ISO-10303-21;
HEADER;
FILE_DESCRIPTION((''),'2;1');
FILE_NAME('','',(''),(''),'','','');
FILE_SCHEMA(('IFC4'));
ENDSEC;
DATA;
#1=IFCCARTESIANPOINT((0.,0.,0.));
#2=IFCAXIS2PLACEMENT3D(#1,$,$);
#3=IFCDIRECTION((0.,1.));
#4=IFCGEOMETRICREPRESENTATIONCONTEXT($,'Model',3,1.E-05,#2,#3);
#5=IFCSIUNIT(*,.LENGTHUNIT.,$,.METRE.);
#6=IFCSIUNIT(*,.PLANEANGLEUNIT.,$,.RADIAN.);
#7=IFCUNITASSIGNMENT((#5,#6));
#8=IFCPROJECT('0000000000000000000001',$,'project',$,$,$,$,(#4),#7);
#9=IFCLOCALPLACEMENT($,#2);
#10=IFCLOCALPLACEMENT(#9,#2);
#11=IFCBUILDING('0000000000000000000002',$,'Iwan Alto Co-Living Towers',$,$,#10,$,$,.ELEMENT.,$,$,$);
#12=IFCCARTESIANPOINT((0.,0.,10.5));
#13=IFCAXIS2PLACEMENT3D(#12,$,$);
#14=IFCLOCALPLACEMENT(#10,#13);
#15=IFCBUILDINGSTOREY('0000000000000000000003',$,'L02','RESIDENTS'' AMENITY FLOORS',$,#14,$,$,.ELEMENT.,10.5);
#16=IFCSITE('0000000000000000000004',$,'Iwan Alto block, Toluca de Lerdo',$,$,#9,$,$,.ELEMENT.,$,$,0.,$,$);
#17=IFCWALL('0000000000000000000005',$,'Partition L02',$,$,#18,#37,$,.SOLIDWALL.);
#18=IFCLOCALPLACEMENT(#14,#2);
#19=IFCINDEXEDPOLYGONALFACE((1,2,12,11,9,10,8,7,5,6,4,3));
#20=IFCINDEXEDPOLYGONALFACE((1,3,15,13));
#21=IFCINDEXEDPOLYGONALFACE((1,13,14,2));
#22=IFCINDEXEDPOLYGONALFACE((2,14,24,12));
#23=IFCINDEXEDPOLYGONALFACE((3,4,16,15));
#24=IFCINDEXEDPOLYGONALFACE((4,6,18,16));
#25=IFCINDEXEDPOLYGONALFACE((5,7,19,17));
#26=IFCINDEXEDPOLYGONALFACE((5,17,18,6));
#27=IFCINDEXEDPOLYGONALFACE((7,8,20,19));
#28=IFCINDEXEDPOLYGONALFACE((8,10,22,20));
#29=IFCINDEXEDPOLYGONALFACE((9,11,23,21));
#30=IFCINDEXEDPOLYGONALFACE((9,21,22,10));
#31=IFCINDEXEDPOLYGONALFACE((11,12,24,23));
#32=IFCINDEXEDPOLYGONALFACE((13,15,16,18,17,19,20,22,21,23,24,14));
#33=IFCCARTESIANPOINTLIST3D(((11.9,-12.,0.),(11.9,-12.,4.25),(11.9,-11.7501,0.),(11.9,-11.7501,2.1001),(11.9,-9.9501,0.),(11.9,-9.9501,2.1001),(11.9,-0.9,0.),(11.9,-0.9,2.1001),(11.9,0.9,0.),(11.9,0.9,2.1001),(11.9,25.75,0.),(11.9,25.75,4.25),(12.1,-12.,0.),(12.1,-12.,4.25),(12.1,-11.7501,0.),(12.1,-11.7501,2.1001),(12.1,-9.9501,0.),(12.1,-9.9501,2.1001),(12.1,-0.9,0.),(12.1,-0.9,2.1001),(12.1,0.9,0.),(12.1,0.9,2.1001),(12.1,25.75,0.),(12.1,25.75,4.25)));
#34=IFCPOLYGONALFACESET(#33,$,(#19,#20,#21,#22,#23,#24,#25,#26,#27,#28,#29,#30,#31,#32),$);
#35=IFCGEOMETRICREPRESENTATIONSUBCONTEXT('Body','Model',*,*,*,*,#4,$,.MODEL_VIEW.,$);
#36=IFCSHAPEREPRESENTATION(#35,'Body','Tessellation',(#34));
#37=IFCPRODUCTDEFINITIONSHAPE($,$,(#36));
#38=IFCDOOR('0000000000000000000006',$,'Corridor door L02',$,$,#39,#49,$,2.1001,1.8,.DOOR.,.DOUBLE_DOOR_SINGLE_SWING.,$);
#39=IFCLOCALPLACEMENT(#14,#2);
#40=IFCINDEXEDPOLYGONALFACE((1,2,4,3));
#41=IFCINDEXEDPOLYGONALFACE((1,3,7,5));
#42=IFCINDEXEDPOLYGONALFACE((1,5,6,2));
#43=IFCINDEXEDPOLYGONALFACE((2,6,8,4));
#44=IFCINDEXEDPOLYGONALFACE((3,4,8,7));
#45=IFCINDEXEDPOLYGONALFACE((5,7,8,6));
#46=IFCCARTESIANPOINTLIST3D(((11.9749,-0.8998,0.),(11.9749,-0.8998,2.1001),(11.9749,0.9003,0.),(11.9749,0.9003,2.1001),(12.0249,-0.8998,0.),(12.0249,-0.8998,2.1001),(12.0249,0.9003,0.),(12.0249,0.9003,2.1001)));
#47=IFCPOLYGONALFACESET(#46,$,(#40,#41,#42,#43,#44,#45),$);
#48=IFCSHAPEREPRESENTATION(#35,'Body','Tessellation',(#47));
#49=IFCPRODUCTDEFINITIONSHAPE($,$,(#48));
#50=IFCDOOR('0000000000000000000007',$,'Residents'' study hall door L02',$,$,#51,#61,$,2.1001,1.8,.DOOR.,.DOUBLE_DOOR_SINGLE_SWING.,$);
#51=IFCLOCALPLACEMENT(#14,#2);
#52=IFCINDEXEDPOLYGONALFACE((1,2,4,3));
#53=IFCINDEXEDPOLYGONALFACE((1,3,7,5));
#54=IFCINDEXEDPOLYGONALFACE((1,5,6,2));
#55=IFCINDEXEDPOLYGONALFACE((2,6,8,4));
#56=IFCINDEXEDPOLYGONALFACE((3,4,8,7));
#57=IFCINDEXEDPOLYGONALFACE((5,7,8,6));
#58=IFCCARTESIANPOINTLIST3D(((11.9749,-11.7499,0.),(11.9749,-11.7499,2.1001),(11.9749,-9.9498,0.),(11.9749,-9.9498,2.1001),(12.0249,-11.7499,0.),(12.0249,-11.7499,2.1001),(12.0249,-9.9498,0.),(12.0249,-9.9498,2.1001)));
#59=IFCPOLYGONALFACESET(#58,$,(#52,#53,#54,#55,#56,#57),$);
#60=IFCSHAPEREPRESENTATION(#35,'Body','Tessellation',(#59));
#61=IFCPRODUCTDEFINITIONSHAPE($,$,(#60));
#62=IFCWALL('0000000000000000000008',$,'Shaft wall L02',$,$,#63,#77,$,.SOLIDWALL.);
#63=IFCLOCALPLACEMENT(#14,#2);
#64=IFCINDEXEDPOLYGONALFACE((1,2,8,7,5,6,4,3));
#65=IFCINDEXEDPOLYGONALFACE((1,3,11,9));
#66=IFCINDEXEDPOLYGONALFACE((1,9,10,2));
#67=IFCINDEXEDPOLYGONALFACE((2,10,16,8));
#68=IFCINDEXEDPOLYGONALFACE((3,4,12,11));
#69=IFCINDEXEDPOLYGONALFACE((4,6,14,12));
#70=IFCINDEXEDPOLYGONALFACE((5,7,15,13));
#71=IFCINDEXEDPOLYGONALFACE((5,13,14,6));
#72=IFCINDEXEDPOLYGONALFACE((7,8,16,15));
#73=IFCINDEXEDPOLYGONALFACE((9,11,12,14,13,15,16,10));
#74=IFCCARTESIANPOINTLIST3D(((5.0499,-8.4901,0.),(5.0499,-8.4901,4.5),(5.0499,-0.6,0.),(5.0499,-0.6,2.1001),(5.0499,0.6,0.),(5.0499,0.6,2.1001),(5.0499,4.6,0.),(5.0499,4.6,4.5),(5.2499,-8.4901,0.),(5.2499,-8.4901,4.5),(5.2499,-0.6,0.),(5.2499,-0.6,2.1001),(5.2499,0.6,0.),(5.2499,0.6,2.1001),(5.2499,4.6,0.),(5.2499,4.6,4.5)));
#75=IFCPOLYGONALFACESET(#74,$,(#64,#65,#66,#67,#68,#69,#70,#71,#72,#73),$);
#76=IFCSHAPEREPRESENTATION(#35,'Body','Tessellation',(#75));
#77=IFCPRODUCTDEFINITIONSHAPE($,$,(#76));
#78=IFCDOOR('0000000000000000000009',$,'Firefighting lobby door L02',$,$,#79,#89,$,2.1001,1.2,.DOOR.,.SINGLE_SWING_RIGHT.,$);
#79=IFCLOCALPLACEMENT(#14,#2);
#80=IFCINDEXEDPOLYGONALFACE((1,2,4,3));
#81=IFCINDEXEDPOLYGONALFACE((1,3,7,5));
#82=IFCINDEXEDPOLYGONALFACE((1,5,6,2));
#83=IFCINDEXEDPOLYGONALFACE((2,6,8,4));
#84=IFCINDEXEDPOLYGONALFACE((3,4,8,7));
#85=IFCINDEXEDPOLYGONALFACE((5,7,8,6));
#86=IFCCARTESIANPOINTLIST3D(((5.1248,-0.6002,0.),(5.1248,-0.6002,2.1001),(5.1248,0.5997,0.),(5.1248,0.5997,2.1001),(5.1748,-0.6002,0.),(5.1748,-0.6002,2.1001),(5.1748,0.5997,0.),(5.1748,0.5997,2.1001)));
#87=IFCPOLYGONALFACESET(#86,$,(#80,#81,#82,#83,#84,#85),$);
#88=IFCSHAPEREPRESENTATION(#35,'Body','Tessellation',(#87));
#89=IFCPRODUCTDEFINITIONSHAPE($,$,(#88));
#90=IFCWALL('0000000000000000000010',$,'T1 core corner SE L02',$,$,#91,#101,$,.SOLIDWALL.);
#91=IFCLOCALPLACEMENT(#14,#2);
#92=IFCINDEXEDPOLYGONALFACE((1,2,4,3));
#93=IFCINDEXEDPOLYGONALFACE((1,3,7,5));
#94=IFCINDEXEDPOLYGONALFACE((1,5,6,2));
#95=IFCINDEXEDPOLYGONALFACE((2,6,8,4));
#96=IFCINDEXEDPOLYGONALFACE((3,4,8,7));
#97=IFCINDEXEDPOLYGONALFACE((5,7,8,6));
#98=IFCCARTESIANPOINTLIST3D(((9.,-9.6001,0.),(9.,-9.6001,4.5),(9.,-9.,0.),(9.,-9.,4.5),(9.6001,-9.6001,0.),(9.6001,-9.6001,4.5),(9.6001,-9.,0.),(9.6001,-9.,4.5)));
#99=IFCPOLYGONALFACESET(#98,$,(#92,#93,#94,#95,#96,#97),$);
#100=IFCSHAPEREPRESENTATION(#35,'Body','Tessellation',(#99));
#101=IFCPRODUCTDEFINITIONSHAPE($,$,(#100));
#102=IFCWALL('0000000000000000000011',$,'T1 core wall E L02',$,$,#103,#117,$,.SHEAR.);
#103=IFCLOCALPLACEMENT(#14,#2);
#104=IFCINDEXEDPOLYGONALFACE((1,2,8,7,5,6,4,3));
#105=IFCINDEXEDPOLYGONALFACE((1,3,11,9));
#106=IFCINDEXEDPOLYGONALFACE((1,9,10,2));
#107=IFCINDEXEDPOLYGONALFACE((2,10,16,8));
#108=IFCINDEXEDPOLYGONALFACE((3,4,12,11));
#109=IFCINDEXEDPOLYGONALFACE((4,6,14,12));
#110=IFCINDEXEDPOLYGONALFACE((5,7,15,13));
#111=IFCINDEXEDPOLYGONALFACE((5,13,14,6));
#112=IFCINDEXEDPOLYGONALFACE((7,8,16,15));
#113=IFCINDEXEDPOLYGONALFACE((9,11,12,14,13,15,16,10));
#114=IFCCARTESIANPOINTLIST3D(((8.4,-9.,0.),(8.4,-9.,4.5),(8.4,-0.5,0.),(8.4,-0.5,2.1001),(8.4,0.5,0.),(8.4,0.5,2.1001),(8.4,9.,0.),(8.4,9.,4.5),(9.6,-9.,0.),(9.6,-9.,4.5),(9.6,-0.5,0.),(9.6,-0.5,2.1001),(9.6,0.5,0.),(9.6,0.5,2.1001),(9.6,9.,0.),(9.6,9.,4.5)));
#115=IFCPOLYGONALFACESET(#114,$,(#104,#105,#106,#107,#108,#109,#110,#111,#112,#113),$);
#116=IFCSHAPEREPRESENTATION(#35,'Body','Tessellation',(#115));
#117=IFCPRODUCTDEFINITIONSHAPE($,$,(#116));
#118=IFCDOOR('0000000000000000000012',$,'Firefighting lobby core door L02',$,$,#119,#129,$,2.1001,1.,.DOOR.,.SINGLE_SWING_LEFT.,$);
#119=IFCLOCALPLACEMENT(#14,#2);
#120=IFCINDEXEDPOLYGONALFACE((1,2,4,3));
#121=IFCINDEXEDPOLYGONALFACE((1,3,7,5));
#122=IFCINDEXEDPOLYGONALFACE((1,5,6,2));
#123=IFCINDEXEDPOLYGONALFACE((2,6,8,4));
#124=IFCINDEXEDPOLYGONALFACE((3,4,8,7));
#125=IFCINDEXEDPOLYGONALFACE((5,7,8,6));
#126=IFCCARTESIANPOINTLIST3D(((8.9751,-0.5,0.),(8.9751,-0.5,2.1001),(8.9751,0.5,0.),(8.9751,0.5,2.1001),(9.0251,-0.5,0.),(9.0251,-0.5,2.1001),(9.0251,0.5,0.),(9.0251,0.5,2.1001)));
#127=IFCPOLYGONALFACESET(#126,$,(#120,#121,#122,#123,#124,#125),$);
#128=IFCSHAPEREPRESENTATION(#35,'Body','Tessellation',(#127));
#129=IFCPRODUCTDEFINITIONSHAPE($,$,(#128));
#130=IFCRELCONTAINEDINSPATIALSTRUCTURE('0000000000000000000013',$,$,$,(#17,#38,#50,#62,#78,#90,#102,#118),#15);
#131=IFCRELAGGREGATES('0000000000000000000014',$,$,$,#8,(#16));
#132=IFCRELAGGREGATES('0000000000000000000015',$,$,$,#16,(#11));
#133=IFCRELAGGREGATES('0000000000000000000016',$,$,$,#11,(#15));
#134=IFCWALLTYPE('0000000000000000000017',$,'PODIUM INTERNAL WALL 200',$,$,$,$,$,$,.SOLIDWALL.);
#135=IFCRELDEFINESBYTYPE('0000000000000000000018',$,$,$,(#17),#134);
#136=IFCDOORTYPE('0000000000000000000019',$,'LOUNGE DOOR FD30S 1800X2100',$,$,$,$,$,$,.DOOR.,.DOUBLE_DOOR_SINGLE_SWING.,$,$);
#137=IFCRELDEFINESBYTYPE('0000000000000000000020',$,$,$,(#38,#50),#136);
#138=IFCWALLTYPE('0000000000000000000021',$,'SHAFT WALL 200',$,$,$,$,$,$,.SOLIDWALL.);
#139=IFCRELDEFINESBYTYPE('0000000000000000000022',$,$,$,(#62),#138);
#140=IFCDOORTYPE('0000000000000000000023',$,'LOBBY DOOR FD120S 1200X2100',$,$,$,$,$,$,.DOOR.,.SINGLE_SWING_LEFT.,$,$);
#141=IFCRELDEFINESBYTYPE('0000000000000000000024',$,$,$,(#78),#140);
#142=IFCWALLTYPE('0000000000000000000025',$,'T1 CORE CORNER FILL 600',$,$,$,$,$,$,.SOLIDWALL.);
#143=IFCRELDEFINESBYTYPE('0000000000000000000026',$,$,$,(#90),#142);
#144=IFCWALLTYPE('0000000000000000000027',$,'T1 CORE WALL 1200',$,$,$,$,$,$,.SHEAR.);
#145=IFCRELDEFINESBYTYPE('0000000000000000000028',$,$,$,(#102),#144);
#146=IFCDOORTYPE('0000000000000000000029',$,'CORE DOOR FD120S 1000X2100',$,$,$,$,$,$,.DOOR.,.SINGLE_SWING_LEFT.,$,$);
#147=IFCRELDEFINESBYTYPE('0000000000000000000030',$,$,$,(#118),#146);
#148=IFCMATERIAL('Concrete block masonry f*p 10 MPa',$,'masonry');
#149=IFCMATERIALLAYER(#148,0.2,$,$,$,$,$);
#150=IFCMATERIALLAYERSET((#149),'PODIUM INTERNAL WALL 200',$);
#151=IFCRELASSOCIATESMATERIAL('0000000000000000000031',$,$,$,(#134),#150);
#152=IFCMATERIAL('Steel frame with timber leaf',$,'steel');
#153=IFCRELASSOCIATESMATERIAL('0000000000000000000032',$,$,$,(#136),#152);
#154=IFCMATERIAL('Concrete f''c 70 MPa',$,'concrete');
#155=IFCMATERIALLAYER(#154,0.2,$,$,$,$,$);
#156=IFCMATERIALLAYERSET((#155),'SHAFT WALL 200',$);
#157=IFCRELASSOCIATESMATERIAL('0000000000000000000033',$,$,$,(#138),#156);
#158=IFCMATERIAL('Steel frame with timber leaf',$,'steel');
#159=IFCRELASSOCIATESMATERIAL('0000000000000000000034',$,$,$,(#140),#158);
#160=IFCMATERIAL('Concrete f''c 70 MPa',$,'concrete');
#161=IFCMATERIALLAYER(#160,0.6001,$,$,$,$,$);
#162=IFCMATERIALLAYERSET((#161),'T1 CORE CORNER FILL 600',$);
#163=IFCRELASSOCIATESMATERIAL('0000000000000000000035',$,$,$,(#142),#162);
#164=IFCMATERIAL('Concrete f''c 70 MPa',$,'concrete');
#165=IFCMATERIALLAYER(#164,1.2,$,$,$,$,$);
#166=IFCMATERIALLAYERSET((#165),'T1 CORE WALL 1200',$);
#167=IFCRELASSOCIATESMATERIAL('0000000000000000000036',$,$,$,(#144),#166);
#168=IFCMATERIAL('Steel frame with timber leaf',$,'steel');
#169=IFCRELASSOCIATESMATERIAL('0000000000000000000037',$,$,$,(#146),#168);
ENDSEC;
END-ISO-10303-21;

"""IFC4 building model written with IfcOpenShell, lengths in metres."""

from ifc_helpers import new_model, si_unit, direction, frame, frame_2d, origin, place, context, subcontext, project, spatial, rectangle, extrude, material, layer, layer_set, type_object, element, fill, save


model = new_model("IFC4")

# Units and contexts
model_context = context("Model", 3, precision=1e-05, world=origin(), true_north=direction((0.0, 1.0)))
body_context = subcontext(model_context, "Body", "Model", "MODEL_VIEW")
ifc_project = project(units=[si_unit("LENGTHUNIT", "METRE"), si_unit("PLANEANGLEUNIT", "RADIAN")], contexts=[model_context])

# Site, building, storey
site_placement = place(None, origin())
site = spatial("IfcSite", under=ifc_project, at=site_placement, Name="Iwan Alto block, Toluca de Lerdo", CompositionType="ELEMENT", RefElevation=0.0)
building_placement = place(site_placement, origin())
building = spatial("IfcBuilding", under=site, at=building_placement, Name="Iwan Alto Co-Living Towers", CompositionType="ELEMENT")
storey_placement = place(building_placement, frame((0.0, 0.0, 10.5)))
storey = spatial("IfcBuildingStorey", under=building, at=storey_placement, Name="L02", Description="RESIDENTS' AMENITY FLOORS", CompositionType="ELEMENT", Elevation=10.5)

# Wall, openings, doors
ifc_material_1 = material(Name="Concrete block masonry f*p 10 MPa", Category="masonry")
ifc_layer_1 = layer(ifc_material_1, 0.2)
ifc_layer_set_1 = layer_set([ifc_layer_1], Name="PODIUM INTERNAL WALL 200")
wall_type_1 = type_object("IfcWallType", Name="PODIUM INTERNAL WALL 200", PredefinedType="SOLIDWALL", material=ifc_layer_set_1)
wall_1_placement = place(storey_placement, frame((12.0, -12.0, 0.0), z_axis=(0.0, 0.0, 1.0), x_axis=(0.0, 1.0, 0.0)))
wall_1 = element("IfcWall", 1, at=wall_1_placement, inside=storey, type_object=wall_type_1, Name="Partition L02", PredefinedType="SOLIDWALL", context=body_context, shape_type="SweptSolid", body=[
    extrude(rectangle(XDim=37.75, YDim=0.2, at=frame_2d((18.875, 0.0))), origin(), (0.0, 0.0, 1.0), 4.25),
])
opening_1_placement = place(wall_1_placement, frame((11.1001, 0.0, 0.0)))
opening_1 = element("IfcOpeningElement", 2, at=opening_1_placement, cuts=wall_1, PredefinedType="OPENING", context=body_context, shape_type="SweptSolid", body=[
    extrude(rectangle(XDim=1.8, YDim=2.1001, at=frame_2d((0.8999, 1.05))), frame((0.0, 0.1099, 0.0), z_axis=(0.0, -1.0, 0.0), x_axis=(1.0, 0.0, 0.0)), (0.0, 0.0, 1.0), 0.22),
])
opening_2_placement = place(wall_1_placement, frame((0.25, 0.0, 0.0)))
opening_2 = element("IfcOpeningElement", 3, at=opening_2_placement, cuts=wall_1, PredefinedType="OPENING", context=body_context, shape_type="SweptSolid", body=[
    extrude(rectangle(XDim=1.8, YDim=2.1001, at=frame_2d((0.8999, 1.05))), frame((0.0, 0.1099, 0.0), z_axis=(0.0, -1.0, 0.0), x_axis=(1.0, 0.0, 0.0)), (0.0, 0.0, 1.0), 0.22),
])
ifc_material_2 = material(Name="Steel frame with timber leaf", Category="steel")
door_type_1 = type_object("IfcDoorType", Name="LOUNGE DOOR FD30S 1800X2100", OperationType="DOUBLE_DOOR_SINGLE_SWING", PredefinedType="DOOR", material=ifc_material_2)
door_1_placement = place(opening_1_placement, frame((1.8, 0.0, 0.0), z_axis=(0.0, 0.0, 1.0), x_axis=(-1.0, 0.0, 0.0)))
door_1 = element("IfcDoor", 4, at=door_1_placement, inside=storey, type_object=door_type_1, Name="Corridor door L02", OperationType="DOUBLE_DOOR_SINGLE_SWING", OverallHeight=2.1001, OverallWidth=1.8, PredefinedType="DOOR", context=body_context, shape_type="SweptSolid", body=[
    extrude(rectangle(XDim=1.8, YDim=2.1001, at=frame_2d((0.8999, 1.05))), frame((0.0, 0.0249, 0.0), z_axis=(0.0, -1.0, 0.0), x_axis=(1.0, 0.0, 0.0)), (0.0, 0.0, 1.0), 0.05),
])
fill(opening_1, door_1)
door_2_placement = place(opening_2_placement, frame((1.8, 0.0, 0.0), z_axis=(0.0, 0.0, 1.0), x_axis=(-1.0, 0.0, 0.0)))
door_2 = element("IfcDoor", 5, at=door_2_placement, inside=storey, type_object=door_type_1, Name="Residents' study hall door L02", OperationType="DOUBLE_DOOR_SINGLE_SWING", OverallHeight=2.1001, OverallWidth=1.8, PredefinedType="DOOR", context=body_context, shape_type="SweptSolid", body=[
    extrude(rectangle(XDim=1.8, YDim=2.1001, at=frame_2d((0.8999, 1.05))), frame((0.0, 0.0249, 0.0), z_axis=(0.0, -1.0, 0.0), x_axis=(1.0, 0.0, 0.0)), (0.0, 0.0, 1.0), 0.05),
])
fill(opening_2, door_2)

# Wall, opening, door
ifc_material_3 = material(Name="Concrete f'c 70 MPa", Category="concrete")
ifc_layer_2 = layer(ifc_material_3, 0.2)
ifc_layer_set_2 = layer_set([ifc_layer_2], Name="SHAFT WALL 200")
wall_type_2 = type_object("IfcWallType", Name="SHAFT WALL 200", PredefinedType="SOLIDWALL", material=ifc_layer_set_2)
wall_2_placement = place(storey_placement, frame((5.1499, -8.49, 0.0), z_axis=(0.0, 0.0, 1.0), x_axis=(0.0, 1.0, 0.0)))
wall_2 = element("IfcWall", 6, at=wall_2_placement, inside=storey, type_object=wall_type_2, Name="Shaft wall L02", PredefinedType="SOLIDWALL", context=body_context, shape_type="SweptSolid", body=[
    extrude(rectangle(XDim=13.0901, YDim=0.2, at=frame_2d((6.5449, 0.0))), origin(), (0.0, 0.0, 1.0), 4.5),
])
opening_3_placement = place(wall_2_placement, frame((7.8899, 0.0, 0.0)))
opening_3 = element("IfcOpeningElement", 7, at=opening_3_placement, cuts=wall_2, PredefinedType="OPENING", context=body_context, shape_type="SweptSolid", body=[
    extrude(rectangle(XDim=1.2, YDim=2.1001, at=frame_2d((0.6001, 1.05))), frame((0.0, 0.1099, 0.0), z_axis=(0.0, -1.0, 0.0), x_axis=(1.0, 0.0, 0.0)), (0.0, 0.0, 1.0), 0.22),
])
ifc_material_4 = material(Name="Steel frame with timber leaf", Category="steel")
door_type_2 = type_object("IfcDoorType", Name="LOBBY DOOR FD120S 1200X2100", OperationType="SINGLE_SWING_LEFT", PredefinedType="DOOR", material=ifc_material_4)
door_3_placement = place(opening_3_placement, frame((1.2, 0.0, 0.0), z_axis=(0.0, 0.0, 1.0), x_axis=(-1.0, 0.0, 0.0)))
door_3 = element("IfcDoor", 8, at=door_3_placement, inside=storey, type_object=door_type_2, Name="Firefighting lobby door L02", OperationType="SINGLE_SWING_RIGHT", OverallHeight=2.1001, OverallWidth=1.2, PredefinedType="DOOR", context=body_context, shape_type="SweptSolid", body=[
    extrude(rectangle(XDim=1.2, YDim=2.1001, at=frame_2d((0.6001, 1.05))), frame((0.0, 0.0249, 0.0), z_axis=(0.0, -1.0, 0.0), x_axis=(1.0, 0.0, 0.0)), (0.0, 0.0, 1.0), 0.05),
])
fill(opening_3, door_3)

# Wall
ifc_material_5 = material(Name="Concrete f'c 70 MPa", Category="concrete")
ifc_layer_3 = layer(ifc_material_5, 0.6001)
ifc_layer_set_3 = layer_set([ifc_layer_3], Name="T1 CORE CORNER FILL 600")
wall_type_3 = type_object("IfcWallType", Name="T1 CORE CORNER FILL 600", PredefinedType="SOLIDWALL", material=ifc_layer_set_3)
wall_3_placement = place(storey_placement, frame((9.0, -9.3, 0.0), z_axis=(0.0, 0.0, 1.0), x_axis=(1.0, 0.0, 0.0)))
element("IfcWall", 9, at=wall_3_placement, inside=storey, type_object=wall_type_3, Name="T1 core corner SE L02", PredefinedType="SOLIDWALL", context=body_context, shape_type="SweptSolid", body=[
    extrude(rectangle(XDim=0.6001, YDim=0.6001, at=frame_2d((0.3, 0.0))), origin(), (0.0, 0.0, 1.0), 4.5),
])

# Wall, opening, door
ifc_material_6 = material(Name="Concrete f'c 70 MPa", Category="concrete")
ifc_layer_4 = layer(ifc_material_6, 1.2)
ifc_layer_set_4 = layer_set([ifc_layer_4], Name="T1 CORE WALL 1200")
wall_type_4 = type_object("IfcWallType", Name="T1 CORE WALL 1200", PredefinedType="SHEAR", material=ifc_layer_set_4)
wall_4_placement = place(storey_placement, frame((9.0, -9.0, 0.0), z_axis=(0.0, 0.0, 1.0), x_axis=(0.0, 1.0, 0.0)))
wall_4 = element("IfcWall", 10, at=wall_4_placement, inside=storey, type_object=wall_type_4, Name="T1 core wall E L02", PredefinedType="SHEAR", context=body_context, shape_type="SweptSolid", body=[
    extrude(rectangle(XDim=18.0, YDim=1.2, at=frame_2d((9.0, 0.0))), origin(), (0.0, 0.0, 1.0), 4.5),
])
opening_4_placement = place(wall_4_placement, frame((8.5, 0.0, 0.0)))
opening_4 = element("IfcOpeningElement", 11, at=opening_4_placement, cuts=wall_4, PredefinedType="OPENING", context=body_context, shape_type="SweptSolid", body=[
    extrude(rectangle(XDim=1.0, YDim=2.1001, at=frame_2d((0.5, 1.05))), frame((0.0, 0.6099, 0.0), z_axis=(0.0, -1.0, 0.0), x_axis=(1.0, 0.0, 0.0)), (0.0, 0.0, 1.0), 1.22),
])
ifc_material_7 = material(Name="Steel frame with timber leaf", Category="steel")
door_type_3 = type_object("IfcDoorType", Name="CORE DOOR FD120S 1000X2100", OperationType="SINGLE_SWING_LEFT", PredefinedType="DOOR", material=ifc_material_7)
door_4_placement = place(opening_4_placement, origin())
door_4 = element("IfcDoor", 12, at=door_4_placement, inside=storey, type_object=door_type_3, Name="Firefighting lobby core door L02", OperationType="SINGLE_SWING_LEFT", OverallHeight=2.1001, OverallWidth=1.0, PredefinedType="DOOR", context=body_context, shape_type="SweptSolid", body=[
    extrude(rectangle(XDim=1.0, YDim=2.1001, at=frame_2d((0.5, 1.05))), frame((0.0, 0.0249, 0.0), z_axis=(0.0, -1.0, 0.0), x_axis=(1.0, 0.0, 0.0)), (0.0, 0.0, 1.0), 0.05),
])
fill(opening_4, door_4)

save(model, "model.ifc")
